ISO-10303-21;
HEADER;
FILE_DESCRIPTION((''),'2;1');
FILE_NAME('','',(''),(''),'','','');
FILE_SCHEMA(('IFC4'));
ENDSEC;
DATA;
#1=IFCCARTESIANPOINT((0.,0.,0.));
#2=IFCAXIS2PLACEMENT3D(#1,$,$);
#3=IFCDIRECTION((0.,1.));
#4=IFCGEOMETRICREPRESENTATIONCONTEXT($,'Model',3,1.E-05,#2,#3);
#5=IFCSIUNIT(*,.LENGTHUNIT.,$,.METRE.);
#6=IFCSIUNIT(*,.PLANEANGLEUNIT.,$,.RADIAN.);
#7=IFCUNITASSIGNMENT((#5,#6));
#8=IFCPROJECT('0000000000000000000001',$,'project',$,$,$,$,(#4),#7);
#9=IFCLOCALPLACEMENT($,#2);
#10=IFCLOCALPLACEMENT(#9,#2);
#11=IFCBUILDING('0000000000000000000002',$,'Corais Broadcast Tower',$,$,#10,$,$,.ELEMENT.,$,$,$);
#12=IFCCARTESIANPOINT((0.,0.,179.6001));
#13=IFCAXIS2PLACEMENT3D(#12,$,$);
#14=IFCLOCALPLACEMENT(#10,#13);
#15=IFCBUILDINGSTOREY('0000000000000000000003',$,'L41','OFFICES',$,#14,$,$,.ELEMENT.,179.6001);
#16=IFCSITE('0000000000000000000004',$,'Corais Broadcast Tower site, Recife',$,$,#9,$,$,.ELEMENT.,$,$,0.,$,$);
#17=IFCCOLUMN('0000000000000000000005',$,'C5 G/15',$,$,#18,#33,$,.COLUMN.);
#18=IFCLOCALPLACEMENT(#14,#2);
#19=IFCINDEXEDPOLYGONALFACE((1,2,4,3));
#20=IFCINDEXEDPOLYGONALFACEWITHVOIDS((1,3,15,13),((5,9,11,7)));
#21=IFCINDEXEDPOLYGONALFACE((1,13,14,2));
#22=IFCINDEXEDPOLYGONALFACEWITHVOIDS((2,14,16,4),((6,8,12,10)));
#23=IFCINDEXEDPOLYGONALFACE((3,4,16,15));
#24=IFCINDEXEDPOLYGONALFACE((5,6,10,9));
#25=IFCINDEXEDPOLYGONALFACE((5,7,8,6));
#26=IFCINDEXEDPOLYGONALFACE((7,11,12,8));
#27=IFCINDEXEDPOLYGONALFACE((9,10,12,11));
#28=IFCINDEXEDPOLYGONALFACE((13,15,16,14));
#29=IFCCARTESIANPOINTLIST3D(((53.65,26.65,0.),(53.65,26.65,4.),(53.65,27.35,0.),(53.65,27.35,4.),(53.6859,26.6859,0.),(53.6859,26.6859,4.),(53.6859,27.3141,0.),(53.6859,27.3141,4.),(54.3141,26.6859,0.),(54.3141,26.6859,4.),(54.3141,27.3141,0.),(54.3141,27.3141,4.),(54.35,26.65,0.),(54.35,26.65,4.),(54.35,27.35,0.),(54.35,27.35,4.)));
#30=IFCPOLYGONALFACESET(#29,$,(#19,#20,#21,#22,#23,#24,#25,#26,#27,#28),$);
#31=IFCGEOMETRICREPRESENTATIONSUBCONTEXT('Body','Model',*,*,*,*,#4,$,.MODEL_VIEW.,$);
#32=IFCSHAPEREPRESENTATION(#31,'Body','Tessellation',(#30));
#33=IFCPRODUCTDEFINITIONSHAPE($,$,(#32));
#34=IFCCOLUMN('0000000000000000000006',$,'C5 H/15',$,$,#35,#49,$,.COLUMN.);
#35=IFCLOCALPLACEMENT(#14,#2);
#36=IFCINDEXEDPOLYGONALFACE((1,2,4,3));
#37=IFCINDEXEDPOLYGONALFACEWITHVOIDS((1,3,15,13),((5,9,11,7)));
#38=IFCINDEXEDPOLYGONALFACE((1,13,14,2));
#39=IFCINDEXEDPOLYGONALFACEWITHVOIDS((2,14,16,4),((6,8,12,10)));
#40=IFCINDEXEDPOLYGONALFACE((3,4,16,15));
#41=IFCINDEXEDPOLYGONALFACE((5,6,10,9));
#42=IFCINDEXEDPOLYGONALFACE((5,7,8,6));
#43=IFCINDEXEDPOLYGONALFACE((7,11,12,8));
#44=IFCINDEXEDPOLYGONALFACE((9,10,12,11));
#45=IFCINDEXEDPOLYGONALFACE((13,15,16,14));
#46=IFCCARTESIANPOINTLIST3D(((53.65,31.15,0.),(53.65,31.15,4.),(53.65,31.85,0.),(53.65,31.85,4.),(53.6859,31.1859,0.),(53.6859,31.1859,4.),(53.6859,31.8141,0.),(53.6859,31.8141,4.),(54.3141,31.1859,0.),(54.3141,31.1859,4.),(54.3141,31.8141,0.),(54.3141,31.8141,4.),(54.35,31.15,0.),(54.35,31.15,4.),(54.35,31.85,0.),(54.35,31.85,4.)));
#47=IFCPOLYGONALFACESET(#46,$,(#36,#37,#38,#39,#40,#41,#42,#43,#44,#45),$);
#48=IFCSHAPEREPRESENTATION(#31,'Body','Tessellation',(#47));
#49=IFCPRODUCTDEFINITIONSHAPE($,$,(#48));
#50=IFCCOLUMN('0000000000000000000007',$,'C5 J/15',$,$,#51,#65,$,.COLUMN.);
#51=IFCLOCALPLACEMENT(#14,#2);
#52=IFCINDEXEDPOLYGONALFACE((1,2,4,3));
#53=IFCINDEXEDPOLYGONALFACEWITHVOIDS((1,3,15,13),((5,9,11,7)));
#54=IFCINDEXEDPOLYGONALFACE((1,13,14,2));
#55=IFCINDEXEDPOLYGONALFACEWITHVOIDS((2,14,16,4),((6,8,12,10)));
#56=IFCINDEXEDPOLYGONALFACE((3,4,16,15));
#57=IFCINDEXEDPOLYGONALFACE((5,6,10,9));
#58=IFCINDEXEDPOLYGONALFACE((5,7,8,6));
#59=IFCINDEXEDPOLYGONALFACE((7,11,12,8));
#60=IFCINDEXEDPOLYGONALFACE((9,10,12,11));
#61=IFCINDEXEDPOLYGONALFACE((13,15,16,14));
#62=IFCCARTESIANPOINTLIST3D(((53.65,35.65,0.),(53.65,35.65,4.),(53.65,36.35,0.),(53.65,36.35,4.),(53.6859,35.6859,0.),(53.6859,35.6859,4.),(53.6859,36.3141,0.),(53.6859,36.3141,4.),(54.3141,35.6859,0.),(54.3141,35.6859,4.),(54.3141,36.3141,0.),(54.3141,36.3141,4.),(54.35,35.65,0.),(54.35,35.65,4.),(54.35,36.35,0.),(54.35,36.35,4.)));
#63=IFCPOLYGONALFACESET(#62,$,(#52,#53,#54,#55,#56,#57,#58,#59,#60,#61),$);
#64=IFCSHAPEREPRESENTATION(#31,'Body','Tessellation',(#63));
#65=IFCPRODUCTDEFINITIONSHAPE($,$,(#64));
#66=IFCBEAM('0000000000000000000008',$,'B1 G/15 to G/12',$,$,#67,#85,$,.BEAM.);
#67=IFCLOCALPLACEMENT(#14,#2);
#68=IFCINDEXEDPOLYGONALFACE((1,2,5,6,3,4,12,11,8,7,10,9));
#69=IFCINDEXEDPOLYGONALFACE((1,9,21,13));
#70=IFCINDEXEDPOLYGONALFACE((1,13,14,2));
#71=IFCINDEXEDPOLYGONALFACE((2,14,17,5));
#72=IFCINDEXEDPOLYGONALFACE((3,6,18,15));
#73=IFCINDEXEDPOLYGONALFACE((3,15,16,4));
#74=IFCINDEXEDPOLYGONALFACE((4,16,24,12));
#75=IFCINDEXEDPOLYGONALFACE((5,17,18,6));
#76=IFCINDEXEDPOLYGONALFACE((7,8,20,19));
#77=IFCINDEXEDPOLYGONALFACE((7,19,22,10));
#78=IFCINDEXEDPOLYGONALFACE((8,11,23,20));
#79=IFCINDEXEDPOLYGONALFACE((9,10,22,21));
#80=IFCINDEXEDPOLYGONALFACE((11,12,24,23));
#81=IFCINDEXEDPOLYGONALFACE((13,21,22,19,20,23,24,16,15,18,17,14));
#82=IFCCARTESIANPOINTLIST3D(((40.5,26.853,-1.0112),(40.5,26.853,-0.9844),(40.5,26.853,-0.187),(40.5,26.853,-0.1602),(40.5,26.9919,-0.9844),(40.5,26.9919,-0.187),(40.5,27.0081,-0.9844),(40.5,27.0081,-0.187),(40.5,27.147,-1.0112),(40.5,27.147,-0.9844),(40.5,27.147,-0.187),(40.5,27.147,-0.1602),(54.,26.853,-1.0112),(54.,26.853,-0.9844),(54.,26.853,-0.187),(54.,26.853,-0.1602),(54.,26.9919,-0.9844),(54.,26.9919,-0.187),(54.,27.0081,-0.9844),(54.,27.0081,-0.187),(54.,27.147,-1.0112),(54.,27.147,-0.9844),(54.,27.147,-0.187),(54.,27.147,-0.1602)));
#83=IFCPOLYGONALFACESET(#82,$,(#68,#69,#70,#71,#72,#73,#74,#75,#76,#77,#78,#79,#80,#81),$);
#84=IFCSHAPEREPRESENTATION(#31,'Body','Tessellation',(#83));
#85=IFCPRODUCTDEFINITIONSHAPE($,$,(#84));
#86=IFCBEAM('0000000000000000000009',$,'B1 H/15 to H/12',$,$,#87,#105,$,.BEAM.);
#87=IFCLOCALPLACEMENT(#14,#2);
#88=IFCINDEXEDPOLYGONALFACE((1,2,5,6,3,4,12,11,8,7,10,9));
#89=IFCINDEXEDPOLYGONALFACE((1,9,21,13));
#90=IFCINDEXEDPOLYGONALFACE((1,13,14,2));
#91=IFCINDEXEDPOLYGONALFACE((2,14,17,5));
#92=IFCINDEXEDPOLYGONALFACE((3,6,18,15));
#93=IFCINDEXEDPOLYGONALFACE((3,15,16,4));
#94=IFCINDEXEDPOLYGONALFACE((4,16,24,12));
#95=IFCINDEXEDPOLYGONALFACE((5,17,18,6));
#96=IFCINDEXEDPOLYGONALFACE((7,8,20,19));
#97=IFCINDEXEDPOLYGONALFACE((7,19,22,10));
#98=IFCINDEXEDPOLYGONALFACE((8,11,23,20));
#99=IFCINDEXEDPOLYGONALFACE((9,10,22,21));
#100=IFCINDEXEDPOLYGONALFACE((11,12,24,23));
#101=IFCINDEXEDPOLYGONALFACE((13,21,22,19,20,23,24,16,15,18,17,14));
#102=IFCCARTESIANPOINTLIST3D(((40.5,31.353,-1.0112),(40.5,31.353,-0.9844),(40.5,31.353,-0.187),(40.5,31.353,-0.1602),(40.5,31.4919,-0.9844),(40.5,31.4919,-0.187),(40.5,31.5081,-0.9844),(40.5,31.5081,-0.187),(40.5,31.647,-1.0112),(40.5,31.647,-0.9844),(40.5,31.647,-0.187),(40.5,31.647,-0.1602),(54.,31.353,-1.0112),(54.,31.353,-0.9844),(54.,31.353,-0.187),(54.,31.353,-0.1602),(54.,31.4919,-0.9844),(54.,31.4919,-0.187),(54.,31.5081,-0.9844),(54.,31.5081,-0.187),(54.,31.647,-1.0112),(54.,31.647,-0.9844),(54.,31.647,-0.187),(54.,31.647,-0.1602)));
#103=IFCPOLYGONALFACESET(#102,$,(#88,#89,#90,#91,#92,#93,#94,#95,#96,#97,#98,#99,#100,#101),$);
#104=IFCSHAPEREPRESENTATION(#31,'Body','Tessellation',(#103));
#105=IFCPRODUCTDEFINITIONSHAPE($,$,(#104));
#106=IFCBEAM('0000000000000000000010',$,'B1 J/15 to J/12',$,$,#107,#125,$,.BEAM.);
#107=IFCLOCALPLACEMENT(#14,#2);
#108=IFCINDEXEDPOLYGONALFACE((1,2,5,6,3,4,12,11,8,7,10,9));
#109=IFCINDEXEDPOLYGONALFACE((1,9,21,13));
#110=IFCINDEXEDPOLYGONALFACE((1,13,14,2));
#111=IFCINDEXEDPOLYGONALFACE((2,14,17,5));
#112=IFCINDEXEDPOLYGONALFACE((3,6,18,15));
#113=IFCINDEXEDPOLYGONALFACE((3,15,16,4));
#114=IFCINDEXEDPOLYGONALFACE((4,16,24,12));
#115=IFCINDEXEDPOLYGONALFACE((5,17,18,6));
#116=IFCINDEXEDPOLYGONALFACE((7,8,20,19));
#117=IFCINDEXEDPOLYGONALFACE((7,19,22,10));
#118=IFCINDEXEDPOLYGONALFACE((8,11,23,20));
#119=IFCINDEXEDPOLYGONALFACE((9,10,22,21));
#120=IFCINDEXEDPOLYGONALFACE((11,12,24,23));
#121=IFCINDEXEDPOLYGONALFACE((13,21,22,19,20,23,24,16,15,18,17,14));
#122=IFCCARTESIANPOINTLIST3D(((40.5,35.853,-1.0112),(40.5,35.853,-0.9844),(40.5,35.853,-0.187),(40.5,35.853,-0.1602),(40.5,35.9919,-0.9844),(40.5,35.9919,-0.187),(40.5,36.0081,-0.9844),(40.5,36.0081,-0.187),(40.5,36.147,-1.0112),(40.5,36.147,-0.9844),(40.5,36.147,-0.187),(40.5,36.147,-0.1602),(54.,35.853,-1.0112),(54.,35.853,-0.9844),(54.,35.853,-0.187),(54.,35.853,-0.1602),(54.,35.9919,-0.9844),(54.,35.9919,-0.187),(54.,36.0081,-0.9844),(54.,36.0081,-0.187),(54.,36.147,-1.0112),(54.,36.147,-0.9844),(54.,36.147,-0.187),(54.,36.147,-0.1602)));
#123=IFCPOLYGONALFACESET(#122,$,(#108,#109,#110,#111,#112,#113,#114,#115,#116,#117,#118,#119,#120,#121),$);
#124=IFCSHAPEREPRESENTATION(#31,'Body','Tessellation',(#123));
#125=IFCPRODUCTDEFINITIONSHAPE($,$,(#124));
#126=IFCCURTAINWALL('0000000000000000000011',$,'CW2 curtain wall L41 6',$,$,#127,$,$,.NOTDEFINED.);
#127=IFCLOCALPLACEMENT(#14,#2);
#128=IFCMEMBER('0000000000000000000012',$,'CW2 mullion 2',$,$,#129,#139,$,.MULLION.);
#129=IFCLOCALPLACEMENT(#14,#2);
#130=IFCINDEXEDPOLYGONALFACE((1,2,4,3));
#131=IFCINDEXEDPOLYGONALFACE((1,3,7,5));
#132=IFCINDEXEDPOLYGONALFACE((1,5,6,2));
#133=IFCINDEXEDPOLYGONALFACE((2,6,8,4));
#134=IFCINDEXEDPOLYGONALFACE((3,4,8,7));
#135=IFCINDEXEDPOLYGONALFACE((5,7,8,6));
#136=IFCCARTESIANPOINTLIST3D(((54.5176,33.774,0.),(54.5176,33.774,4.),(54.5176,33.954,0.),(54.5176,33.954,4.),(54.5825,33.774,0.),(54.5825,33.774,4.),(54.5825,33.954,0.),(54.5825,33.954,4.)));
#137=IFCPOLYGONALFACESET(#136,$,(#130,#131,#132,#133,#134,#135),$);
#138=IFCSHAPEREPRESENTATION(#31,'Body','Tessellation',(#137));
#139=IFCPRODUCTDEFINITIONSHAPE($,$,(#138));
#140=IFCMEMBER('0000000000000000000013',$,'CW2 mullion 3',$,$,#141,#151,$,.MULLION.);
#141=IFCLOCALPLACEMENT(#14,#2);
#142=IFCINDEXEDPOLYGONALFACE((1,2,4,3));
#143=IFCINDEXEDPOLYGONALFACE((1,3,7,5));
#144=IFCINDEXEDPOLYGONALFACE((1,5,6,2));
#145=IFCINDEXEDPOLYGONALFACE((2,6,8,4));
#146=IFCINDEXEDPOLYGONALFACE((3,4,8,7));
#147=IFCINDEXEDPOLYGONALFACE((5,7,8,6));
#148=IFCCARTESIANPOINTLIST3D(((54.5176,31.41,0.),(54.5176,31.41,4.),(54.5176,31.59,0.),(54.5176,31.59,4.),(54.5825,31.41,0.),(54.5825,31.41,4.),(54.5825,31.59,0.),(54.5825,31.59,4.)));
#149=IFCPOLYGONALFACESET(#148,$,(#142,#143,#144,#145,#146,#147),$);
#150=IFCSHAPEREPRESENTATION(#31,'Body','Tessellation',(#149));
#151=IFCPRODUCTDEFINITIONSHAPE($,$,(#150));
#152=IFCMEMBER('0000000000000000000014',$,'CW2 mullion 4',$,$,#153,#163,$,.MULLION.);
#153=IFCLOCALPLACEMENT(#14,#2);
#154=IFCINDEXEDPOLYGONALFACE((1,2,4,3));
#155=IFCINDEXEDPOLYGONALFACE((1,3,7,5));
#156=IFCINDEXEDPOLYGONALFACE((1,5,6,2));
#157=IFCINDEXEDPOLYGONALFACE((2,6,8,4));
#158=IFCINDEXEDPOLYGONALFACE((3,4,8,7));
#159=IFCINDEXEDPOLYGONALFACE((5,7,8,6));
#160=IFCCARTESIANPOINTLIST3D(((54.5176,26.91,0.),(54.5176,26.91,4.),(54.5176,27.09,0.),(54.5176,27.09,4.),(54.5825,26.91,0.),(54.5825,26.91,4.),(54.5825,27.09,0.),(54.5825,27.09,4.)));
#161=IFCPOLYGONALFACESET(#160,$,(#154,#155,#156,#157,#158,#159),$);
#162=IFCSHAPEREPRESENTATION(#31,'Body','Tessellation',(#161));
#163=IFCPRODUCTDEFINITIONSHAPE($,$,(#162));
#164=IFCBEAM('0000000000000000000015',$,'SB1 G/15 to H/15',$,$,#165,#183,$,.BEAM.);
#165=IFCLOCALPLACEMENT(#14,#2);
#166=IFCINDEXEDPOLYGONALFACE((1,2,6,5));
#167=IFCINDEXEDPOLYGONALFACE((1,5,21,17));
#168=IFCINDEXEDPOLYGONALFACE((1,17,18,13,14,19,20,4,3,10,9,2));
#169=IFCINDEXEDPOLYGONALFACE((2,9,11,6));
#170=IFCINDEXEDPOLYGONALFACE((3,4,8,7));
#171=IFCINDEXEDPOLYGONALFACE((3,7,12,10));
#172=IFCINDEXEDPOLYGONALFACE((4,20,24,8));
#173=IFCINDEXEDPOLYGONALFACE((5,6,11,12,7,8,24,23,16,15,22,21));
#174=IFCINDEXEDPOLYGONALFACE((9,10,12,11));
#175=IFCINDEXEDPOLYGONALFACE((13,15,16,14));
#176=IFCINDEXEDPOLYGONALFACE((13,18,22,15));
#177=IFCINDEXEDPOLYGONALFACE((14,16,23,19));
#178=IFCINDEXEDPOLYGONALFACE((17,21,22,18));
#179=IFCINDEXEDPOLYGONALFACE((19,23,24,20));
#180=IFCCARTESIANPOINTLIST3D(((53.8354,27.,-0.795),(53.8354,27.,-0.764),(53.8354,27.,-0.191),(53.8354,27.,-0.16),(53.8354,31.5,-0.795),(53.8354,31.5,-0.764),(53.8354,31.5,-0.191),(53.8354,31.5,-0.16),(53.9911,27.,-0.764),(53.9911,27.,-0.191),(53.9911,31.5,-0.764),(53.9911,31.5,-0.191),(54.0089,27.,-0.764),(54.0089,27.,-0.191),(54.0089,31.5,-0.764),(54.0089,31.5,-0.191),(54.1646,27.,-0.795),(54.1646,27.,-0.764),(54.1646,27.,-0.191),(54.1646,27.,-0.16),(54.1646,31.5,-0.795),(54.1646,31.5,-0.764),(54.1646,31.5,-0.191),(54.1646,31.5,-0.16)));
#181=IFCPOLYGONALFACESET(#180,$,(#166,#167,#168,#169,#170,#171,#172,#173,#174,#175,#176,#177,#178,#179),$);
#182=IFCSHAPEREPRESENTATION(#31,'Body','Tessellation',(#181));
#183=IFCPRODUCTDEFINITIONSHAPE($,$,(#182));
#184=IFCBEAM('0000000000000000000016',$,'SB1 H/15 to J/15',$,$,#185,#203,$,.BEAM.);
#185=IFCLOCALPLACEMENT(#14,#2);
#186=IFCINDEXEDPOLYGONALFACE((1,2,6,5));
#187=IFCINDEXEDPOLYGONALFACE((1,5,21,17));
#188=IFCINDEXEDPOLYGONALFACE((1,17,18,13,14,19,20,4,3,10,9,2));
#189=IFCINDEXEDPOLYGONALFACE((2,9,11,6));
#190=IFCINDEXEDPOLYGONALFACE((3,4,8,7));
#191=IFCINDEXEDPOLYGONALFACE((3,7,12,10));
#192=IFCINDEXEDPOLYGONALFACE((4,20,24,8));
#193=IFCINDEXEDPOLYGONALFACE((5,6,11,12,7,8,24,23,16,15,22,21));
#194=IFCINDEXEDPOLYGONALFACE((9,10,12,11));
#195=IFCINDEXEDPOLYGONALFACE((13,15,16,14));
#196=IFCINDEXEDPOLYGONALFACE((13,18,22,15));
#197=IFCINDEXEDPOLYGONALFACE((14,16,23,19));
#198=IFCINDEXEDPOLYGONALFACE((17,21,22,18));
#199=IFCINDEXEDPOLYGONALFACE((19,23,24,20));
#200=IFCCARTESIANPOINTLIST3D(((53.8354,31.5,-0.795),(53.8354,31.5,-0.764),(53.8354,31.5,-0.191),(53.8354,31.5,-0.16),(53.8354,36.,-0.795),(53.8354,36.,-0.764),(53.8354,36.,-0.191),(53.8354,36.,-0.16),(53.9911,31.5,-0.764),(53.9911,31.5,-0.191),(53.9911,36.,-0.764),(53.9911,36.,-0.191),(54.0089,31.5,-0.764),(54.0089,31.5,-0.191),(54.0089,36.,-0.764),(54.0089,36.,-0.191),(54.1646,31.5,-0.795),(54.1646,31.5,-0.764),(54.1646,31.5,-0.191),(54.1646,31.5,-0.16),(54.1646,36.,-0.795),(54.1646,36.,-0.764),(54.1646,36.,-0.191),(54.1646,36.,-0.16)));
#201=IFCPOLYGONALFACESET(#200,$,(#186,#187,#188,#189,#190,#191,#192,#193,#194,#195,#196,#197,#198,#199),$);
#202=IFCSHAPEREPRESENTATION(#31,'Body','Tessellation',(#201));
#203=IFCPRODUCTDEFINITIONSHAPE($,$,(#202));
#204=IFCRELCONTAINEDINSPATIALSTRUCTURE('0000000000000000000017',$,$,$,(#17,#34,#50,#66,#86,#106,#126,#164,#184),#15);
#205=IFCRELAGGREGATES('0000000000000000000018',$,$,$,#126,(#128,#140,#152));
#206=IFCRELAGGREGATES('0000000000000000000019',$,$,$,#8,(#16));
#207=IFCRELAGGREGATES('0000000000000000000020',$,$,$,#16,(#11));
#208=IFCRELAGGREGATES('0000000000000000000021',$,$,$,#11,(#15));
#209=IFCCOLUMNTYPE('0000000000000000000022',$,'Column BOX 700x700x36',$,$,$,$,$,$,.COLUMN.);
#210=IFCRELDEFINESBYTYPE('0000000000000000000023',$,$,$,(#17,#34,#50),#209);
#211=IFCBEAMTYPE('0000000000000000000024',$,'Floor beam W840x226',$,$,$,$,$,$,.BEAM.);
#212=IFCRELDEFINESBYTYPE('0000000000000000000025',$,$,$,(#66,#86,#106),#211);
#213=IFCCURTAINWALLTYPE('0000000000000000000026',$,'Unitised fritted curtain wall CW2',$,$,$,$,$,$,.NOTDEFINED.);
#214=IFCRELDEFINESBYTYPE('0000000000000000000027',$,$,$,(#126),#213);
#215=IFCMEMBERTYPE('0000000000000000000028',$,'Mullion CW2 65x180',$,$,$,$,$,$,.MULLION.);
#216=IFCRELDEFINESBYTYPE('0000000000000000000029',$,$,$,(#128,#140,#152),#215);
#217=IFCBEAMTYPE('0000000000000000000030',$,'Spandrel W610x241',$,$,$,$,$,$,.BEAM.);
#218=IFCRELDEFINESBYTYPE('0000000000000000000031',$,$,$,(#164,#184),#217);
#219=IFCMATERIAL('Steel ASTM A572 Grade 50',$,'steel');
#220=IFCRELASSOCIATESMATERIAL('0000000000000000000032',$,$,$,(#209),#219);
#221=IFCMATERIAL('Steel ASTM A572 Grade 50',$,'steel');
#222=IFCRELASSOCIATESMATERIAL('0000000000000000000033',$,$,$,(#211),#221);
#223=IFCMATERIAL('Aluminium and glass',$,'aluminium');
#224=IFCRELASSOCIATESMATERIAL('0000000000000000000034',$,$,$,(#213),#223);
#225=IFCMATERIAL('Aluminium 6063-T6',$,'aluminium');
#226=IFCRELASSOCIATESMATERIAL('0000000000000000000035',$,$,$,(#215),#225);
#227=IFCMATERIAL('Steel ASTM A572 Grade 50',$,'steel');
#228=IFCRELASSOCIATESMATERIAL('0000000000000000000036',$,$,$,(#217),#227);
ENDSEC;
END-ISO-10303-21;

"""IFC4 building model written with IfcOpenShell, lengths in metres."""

from ifc_helpers import new_model, si_unit, direction, frame, origin, origin_2d, place, context, subcontext, project, spatial, rectangle, hollow_rectangle, i_section, extrude, material, material_profile, profile_set, type_object, element, aggregate, save


model = new_model("IFC4")

# Units and contexts
model_context = context("Model", 3, precision=1e-05, world=origin(), true_north=direction((0.0, 1.0)))
body_context = subcontext(model_context, "Body", "Model", "MODEL_VIEW")
ifc_project = project(units=[si_unit("LENGTHUNIT", "METRE"), si_unit("PLANEANGLEUNIT", "RADIAN")], contexts=[model_context])

# Site, building, storey
site_placement = place(None, origin())
site = spatial("IfcSite", under=ifc_project, at=site_placement, Name="Corais Broadcast Tower site, Recife", CompositionType="ELEMENT", RefElevation=0.0)
building_placement = place(site_placement, origin())
building = spatial("IfcBuilding", under=site, at=building_placement, Name="Corais Broadcast Tower", CompositionType="ELEMENT")
storey_placement = place(building_placement, frame((0.0, 0.0, 179.6001)))
storey = spatial("IfcBuildingStorey", under=building, at=storey_placement, Name="L41", Description="OFFICES", CompositionType="ELEMENT", Elevation=179.6001)

# Columns
ifc_material_1 = material(Name="Steel ASTM A572 Grade 50", Category="steel")
ifc_material_profile_1 = material_profile(ifc_material_1, hollow_rectangle(XDim=0.7, YDim=0.7, WallThickness=0.0359, at=origin_2d()), Name="BOX 700x700x36")
ifc_profile_set_1 = profile_set([ifc_material_profile_1], Name="Steel ASTM A572 Grade 50")
column_type = type_object("IfcColumnType", Name="Column BOX 700x700x36", PredefinedType="COLUMN", material=ifc_profile_set_1)
for number, where, z_axis, x_axis, name in (
    (1, (54.0, 27.0, 0.0), (0.0, 0.0, 1.0), (1.0, 0.0, 0.0), "C5 G/15"),
    (2, (54.0, 31.5, 0.0), (0.0, 0.0, 1.0), (1.0, 0.0, 0.0), "C5 H/15"),
    (3, (54.0, 36.0, 0.0), (0.0, 0.0, 1.0), (1.0, 0.0, 0.0), "C5 J/15"),
):
    element("IfcColumn", number, at=place(storey_placement, frame(where, z_axis=z_axis, x_axis=x_axis)), inside=storey, type_object=column_type, Name=name, PredefinedType="COLUMN", context=body_context, shape_type="SweptSolid", body=[
        extrude(hollow_rectangle(XDim=0.7, YDim=0.7, WallThickness=0.0359, at=origin_2d()), origin(), (0.0, 0.0, 1.0), 4.0),
    ])

# Beams
ifc_material_2 = material(Name="Steel ASTM A572 Grade 50", Category="steel")
ifc_material_profile_2 = material_profile(ifc_material_2, i_section(OverallWidth=0.2939, OverallDepth=0.8511, WebThickness=0.0161, FlangeThickness=0.0269, at=origin_2d()), Name="W840x226")
ifc_profile_set_2 = profile_set([ifc_material_profile_2], Name="Steel ASTM A572 Grade 50")
beam_type_1 = type_object("IfcBeamType", Name="Floor beam W840x226", PredefinedType="BEAM", material=ifc_profile_set_2)
for number, where, z_axis, x_axis, name in (
    (4, (54.0, 27.0, -0.5857), (-1.0, 0.0, 0.0), (0.0, -1.0, 0.0), "B1 G/15 to G/12"),
    (5, (54.0, 31.5, -0.5857), (-1.0, 0.0, 0.0), (0.0, -1.0, 0.0), "B1 H/15 to H/12"),
    (6, (54.0, 36.0, -0.5857), (-1.0, 0.0, 0.0), (0.0, -1.0, 0.0), "B1 J/15 to J/12"),
):
    element("IfcBeam", number, at=place(storey_placement, frame(where, z_axis=z_axis, x_axis=x_axis)), inside=storey, type_object=beam_type_1, Name=name, PredefinedType="BEAM", context=body_context, shape_type="SweptSolid", body=[
        extrude(i_section(OverallWidth=0.2939, OverallDepth=0.8511, WebThickness=0.0161, FlangeThickness=0.0269, at=origin_2d()), origin(), (0.0, 0.0, 1.0), 13.5),
    ])

# Curtain wall, members
ifc_material_3 = material(Name="Aluminium and glass", Category="aluminium")
curtain_wall_type = type_object("IfcCurtainWallType", Name="Unitised fritted curtain wall CW2", PredefinedType="NOTDEFINED", material=ifc_material_3)
curtain_wall_placement = place(storey_placement, origin())
curtain_wall = element("IfcCurtainWall", 7, at=curtain_wall_placement, inside=storey, type_object=curtain_wall_type, Name="CW2 curtain wall L41 6", PredefinedType="NOTDEFINED")
ifc_material_4 = material(Name="Aluminium 6063-T6", Category="aluminium")
ifc_material_profile_3 = material_profile(ifc_material_4, rectangle(XDim=0.0649, YDim=0.1799, at=origin_2d()), Name="Mullion CW2 65x180")
ifc_profile_set_3 = profile_set([ifc_material_profile_3], Name="Aluminium 6063-T6")
member_type_1 = type_object("IfcMemberType", Name="Mullion CW2 65x180", PredefinedType="MULLION", material=ifc_profile_set_3)
member_1_placement = place(storey_placement, frame((54.55, 33.864, 0.0), z_axis=(0.0, 0.0, 1.0), x_axis=(1.0, 0.0, 0.0)))
member_1 = element("IfcMember", 8, at=member_1_placement, type_object=member_type_1, Name="CW2 mullion 2", PredefinedType="MULLION", context=body_context, shape_type="SweptSolid", body=[
    extrude(rectangle(XDim=0.0649, YDim=0.1799, at=origin_2d()), origin(), (0.0, 0.0, 1.0), 4.0),
])
member_2_placement = place(storey_placement, frame((54.55, 31.5, 0.0), z_axis=(0.0, 0.0, 1.0), x_axis=(1.0, 0.0, 0.0)))
member_2 = element("IfcMember", 9, at=member_2_placement, type_object=member_type_1, Name="CW2 mullion 3", PredefinedType="MULLION", context=body_context, shape_type="SweptSolid", body=[
    extrude(rectangle(XDim=0.0649, YDim=0.1799, at=origin_2d()), origin(), (0.0, 0.0, 1.0), 4.0),
])
member_3_placement = place(storey_placement, frame((54.55, 27.0, 0.0), z_axis=(0.0, 0.0, 1.0), x_axis=(1.0, 0.0, 0.0)))
member_3 = element("IfcMember", 10, at=member_3_placement, type_object=member_type_1, Name="CW2 mullion 4", PredefinedType="MULLION", context=body_context, shape_type="SweptSolid", body=[
    extrude(rectangle(XDim=0.0649, YDim=0.1799, at=origin_2d()), origin(), (0.0, 0.0, 1.0), 4.0),
])

# Beams
ifc_material_5 = material(Name="Steel ASTM A572 Grade 50", Category="steel")
ifc_material_profile_4 = material_profile(ifc_material_5, i_section(OverallWidth=0.3291, OverallDepth=0.635, WebThickness=0.0178, FlangeThickness=0.031, at=origin_2d()), Name="W610x241")
ifc_profile_set_4 = profile_set([ifc_material_profile_4], Name="Steel ASTM A572 Grade 50")
beam_type_2 = type_object("IfcBeamType", Name="Spandrel W610x241", PredefinedType="BEAM", material=ifc_profile_set_4)
for number, where, z_axis, x_axis, name in (
    (11, (54.0, 27.0, -0.4775), (0.0, 1.0, 0.0), (-1.0, 0.0, 0.0), "SB1 G/15 to H/15"),
    (12, (54.0, 31.5, -0.4775), (0.0, 1.0, 0.0), (-1.0, 0.0, 0.0), "SB1 H/15 to J/15"),
):
    element("IfcBeam", number, at=place(storey_placement, frame(where, z_axis=z_axis, x_axis=x_axis)), inside=storey, type_object=beam_type_2, Name=name, PredefinedType="BEAM", context=body_context, shape_type="SweptSolid", body=[
        extrude(i_section(OverallWidth=0.3291, OverallDepth=0.635, WebThickness=0.0178, FlangeThickness=0.031, at=origin_2d()), origin(), (0.0, 0.0, 1.0), 4.5),
    ])

aggregate(curtain_wall, [member_1, member_2, member_3])

save(model, "model.ifc")
